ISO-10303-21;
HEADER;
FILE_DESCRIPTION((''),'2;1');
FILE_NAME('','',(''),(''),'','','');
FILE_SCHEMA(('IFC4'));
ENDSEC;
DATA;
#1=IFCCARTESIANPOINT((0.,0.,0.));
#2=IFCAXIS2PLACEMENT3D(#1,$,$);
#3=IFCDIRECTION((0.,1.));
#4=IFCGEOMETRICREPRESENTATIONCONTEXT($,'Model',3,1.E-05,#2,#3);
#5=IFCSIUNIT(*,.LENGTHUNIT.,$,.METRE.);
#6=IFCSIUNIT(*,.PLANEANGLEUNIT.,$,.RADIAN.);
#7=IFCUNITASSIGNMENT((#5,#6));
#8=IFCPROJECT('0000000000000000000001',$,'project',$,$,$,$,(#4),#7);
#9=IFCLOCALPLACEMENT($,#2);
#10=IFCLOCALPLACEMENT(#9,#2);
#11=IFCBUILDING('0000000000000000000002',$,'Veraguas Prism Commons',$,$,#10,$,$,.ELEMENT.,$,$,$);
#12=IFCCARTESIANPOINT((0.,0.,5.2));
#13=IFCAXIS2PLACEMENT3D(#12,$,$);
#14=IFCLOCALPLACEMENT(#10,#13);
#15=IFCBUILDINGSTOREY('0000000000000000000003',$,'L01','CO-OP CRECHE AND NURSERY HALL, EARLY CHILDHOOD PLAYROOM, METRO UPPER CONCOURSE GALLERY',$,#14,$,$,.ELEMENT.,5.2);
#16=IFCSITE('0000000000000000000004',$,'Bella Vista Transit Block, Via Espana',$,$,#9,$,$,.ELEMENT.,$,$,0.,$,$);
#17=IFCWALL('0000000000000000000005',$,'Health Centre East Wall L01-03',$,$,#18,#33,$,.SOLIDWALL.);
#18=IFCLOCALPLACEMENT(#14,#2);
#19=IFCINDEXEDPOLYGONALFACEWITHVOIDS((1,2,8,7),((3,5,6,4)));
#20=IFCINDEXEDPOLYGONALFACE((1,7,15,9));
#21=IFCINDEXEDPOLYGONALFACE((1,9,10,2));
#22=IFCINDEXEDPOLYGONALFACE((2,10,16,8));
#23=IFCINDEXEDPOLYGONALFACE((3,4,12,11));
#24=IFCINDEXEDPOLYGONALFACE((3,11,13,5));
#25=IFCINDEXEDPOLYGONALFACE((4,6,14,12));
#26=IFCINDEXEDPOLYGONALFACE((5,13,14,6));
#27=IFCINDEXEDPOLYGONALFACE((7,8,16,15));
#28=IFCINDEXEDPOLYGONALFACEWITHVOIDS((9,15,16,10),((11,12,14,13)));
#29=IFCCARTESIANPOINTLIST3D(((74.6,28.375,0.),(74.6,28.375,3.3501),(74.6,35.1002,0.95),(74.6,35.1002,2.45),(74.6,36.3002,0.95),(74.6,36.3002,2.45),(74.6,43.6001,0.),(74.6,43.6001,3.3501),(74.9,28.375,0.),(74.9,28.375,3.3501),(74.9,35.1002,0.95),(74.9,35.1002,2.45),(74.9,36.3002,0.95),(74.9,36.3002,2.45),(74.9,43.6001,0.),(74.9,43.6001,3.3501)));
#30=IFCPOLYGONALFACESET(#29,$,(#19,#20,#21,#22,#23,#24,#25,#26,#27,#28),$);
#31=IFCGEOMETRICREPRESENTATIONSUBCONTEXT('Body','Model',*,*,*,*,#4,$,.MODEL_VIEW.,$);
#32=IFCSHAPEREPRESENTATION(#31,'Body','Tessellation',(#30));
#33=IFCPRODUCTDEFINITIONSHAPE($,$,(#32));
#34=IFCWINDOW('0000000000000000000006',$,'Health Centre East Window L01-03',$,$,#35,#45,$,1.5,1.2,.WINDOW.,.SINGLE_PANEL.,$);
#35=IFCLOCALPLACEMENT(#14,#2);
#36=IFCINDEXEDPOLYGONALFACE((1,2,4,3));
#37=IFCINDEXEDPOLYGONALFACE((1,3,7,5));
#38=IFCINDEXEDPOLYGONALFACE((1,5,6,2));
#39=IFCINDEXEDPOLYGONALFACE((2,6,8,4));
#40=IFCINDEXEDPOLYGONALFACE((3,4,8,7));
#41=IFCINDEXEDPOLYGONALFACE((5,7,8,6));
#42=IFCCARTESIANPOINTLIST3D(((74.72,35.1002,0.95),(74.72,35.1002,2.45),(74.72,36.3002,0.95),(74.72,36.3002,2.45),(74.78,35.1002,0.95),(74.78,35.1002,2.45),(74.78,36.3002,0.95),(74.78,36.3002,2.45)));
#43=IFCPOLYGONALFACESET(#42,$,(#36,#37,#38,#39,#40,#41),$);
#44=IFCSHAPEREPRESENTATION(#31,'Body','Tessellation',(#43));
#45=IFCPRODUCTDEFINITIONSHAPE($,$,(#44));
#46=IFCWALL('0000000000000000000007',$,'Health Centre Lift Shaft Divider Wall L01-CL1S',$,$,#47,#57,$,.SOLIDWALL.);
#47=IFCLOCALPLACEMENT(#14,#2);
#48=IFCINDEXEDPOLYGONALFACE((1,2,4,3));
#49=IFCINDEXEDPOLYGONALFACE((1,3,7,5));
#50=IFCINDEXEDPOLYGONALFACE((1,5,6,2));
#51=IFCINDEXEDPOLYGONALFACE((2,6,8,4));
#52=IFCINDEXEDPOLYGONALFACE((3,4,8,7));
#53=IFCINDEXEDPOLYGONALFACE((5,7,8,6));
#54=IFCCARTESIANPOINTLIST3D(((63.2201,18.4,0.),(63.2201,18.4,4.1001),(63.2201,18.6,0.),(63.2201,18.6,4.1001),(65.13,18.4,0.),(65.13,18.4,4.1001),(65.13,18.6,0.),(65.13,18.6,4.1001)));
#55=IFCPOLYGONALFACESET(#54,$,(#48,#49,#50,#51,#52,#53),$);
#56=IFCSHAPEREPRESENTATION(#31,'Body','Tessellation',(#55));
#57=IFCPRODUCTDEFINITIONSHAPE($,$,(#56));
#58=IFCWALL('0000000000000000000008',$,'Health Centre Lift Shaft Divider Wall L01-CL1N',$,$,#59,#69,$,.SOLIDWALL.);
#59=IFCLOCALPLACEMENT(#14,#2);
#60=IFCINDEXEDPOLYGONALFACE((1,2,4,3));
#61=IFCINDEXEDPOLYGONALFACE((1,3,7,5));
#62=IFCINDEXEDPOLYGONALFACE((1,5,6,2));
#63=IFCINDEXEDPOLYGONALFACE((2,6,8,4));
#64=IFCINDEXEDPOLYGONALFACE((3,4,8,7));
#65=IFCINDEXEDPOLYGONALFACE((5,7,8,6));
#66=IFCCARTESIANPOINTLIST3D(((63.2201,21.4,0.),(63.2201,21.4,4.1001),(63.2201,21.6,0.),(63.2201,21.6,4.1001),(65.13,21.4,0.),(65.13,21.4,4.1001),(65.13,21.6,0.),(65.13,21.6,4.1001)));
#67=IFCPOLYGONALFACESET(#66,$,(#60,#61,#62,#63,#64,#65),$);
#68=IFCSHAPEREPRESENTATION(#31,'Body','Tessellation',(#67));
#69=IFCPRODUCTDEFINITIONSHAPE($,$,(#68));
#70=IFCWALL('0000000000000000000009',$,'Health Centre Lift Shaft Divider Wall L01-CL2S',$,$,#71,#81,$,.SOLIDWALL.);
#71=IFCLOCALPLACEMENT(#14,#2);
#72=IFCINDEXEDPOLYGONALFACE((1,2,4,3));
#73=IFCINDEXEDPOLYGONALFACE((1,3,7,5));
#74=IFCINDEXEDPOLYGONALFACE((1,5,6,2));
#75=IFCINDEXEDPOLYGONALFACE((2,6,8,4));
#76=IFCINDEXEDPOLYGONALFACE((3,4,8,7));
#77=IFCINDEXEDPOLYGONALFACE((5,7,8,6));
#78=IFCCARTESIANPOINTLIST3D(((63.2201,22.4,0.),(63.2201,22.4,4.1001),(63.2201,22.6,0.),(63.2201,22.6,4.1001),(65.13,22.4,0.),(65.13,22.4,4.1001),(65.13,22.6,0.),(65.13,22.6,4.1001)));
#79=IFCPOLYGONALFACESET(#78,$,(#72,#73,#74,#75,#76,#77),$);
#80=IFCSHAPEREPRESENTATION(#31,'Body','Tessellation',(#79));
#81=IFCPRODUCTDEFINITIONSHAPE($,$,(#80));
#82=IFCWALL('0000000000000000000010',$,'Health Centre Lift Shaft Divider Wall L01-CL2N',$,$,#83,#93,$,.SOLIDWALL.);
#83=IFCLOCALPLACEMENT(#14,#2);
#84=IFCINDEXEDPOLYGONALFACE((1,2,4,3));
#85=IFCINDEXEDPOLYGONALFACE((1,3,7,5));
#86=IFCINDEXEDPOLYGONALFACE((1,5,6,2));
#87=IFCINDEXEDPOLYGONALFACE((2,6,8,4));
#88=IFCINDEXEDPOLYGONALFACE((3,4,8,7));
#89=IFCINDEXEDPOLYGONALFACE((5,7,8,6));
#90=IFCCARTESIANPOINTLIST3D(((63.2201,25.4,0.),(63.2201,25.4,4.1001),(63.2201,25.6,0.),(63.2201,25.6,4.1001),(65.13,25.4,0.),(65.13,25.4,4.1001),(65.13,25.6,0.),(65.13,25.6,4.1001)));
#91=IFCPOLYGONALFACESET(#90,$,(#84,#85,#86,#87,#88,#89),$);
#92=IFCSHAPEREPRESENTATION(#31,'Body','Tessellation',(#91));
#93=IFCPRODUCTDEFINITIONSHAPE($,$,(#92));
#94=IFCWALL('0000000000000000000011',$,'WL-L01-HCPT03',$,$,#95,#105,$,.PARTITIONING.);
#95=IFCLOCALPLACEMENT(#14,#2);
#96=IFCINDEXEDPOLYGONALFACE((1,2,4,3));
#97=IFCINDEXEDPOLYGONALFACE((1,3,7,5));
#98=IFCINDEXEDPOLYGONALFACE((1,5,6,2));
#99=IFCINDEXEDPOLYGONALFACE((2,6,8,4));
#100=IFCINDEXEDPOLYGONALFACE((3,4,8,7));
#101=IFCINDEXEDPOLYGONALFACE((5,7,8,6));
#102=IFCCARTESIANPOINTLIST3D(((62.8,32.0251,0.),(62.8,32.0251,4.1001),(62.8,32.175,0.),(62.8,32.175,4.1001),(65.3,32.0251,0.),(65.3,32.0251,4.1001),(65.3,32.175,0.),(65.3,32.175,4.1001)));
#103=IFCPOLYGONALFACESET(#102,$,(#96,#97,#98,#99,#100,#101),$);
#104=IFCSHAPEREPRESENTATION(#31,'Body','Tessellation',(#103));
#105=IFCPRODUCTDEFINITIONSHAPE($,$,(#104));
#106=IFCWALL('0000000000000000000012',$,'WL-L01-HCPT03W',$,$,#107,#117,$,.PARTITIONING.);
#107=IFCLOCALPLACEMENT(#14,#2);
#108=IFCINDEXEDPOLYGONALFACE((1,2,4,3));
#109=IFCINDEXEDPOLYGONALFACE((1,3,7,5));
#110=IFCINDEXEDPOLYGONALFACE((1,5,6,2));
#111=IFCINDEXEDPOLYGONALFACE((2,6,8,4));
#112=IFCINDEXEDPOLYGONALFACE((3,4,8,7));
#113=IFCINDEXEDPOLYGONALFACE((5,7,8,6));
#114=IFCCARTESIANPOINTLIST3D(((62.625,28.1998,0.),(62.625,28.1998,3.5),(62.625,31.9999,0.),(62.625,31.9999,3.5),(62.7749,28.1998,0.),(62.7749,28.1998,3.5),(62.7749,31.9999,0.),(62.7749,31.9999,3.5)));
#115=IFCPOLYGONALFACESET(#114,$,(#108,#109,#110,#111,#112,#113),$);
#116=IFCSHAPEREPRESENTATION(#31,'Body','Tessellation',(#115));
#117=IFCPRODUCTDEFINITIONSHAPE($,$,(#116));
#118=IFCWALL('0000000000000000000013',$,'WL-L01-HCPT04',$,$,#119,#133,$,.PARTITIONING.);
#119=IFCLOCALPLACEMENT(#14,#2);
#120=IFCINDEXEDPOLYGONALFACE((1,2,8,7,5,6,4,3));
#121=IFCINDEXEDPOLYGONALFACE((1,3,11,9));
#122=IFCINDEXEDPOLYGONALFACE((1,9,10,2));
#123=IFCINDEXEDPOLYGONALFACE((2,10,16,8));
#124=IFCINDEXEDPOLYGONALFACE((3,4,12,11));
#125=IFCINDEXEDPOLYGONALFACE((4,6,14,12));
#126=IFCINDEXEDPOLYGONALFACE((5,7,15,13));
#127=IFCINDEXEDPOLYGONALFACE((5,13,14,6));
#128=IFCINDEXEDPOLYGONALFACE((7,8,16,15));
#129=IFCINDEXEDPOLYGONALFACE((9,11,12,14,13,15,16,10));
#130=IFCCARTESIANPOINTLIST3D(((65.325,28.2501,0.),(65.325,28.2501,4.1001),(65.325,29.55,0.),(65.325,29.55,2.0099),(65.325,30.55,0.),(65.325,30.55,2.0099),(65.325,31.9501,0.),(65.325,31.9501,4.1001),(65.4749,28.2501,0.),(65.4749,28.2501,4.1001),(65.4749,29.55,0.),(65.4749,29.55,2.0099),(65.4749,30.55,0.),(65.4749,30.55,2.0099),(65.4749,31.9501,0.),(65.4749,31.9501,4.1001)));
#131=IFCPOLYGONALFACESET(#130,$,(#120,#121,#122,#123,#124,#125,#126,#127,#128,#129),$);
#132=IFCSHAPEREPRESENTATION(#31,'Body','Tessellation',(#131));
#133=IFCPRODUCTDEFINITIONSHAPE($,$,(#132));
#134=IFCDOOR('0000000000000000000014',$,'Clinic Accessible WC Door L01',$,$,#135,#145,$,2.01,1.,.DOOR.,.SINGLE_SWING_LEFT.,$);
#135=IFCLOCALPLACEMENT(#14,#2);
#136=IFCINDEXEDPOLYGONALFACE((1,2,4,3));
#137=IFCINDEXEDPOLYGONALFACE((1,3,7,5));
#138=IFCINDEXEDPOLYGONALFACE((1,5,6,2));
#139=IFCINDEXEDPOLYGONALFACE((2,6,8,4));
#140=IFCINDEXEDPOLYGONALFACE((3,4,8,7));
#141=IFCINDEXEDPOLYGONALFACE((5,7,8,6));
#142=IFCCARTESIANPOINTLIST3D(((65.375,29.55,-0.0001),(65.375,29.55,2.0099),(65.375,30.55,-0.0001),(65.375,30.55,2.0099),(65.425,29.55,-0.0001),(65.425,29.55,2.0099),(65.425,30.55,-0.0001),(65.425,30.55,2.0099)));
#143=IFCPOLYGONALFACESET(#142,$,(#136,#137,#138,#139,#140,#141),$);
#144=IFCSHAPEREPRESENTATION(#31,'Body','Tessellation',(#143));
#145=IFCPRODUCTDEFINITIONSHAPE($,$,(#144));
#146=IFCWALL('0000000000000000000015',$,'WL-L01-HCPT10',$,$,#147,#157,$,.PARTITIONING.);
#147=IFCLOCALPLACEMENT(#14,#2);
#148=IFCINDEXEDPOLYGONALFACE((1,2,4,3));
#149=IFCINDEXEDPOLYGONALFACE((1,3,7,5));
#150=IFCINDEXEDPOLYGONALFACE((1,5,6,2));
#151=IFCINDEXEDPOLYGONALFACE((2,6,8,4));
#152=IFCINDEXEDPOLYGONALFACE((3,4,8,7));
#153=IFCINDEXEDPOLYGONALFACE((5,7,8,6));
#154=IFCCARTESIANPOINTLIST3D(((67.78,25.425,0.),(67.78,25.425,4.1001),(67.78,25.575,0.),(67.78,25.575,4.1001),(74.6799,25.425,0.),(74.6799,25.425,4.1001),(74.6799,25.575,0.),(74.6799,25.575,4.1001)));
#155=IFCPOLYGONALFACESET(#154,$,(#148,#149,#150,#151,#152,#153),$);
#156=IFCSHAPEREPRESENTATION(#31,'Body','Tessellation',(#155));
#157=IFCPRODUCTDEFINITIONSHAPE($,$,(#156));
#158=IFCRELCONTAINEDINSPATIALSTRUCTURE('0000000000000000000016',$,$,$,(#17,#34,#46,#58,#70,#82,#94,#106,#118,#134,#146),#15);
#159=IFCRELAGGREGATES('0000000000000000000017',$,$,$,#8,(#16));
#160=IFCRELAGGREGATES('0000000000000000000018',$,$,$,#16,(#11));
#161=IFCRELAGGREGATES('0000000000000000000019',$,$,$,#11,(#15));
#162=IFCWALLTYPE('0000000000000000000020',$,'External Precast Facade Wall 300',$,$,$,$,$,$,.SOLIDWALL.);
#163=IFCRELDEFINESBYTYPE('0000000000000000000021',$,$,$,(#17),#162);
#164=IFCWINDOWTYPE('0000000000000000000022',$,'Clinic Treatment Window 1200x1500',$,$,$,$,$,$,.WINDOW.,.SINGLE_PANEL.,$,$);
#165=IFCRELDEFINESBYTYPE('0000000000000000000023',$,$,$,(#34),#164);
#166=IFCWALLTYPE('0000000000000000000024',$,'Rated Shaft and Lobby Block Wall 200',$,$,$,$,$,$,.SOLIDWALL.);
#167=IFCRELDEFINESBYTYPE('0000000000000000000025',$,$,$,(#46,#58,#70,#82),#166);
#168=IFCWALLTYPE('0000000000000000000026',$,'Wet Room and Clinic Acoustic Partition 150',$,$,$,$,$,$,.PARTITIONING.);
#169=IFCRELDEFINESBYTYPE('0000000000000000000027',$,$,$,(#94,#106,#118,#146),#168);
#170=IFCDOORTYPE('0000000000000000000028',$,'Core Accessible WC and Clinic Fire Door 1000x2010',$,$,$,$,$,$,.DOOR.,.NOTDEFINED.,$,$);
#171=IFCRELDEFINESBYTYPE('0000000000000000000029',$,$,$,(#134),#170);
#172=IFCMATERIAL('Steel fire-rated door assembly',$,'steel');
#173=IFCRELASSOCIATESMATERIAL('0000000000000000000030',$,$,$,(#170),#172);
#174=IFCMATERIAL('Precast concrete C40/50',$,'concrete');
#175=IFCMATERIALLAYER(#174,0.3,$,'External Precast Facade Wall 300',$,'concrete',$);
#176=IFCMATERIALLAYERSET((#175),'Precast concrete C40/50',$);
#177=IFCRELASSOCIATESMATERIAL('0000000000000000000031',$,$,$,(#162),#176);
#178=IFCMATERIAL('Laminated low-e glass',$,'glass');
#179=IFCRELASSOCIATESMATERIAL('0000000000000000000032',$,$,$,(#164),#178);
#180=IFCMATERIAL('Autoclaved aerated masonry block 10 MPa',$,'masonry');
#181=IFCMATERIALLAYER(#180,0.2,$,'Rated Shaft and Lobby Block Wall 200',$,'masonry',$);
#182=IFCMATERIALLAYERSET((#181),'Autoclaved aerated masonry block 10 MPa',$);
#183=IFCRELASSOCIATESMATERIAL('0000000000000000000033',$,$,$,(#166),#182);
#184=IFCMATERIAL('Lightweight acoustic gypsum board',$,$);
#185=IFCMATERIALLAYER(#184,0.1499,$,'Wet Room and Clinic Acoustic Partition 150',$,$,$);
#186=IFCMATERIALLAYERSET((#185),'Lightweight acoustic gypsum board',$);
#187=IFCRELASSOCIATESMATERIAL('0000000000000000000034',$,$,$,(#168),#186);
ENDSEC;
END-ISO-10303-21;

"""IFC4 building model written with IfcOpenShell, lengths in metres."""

from ifc_helpers import new_model, si_unit, direction, frame, frame_2d, origin, place, context, subcontext, project, spatial, rectangle, extrude, source, transform, mapped, material, layer, layer_set, type_object, element, fill, save


model = new_model("IFC4")

# Units and contexts
model_context = context("Model", 3, precision=1e-05, world=origin(), true_north=direction((0.0, 1.0)))
body_context = subcontext(model_context, "Body", "Model", "MODEL_VIEW")
ifc_project = project(units=[si_unit("LENGTHUNIT", "METRE"), si_unit("PLANEANGLEUNIT", "RADIAN")], contexts=[model_context])

# Site, building, storey
site_placement = place(None, origin())
site = spatial("IfcSite", under=ifc_project, at=site_placement, Name="Bella Vista Transit Block, Via Espana", CompositionType="ELEMENT", RefElevation=0.0)
building_placement = place(site_placement, origin())
building = spatial("IfcBuilding", under=site, at=building_placement, Name="Veraguas Prism Commons", CompositionType="ELEMENT")
storey_placement = place(building_placement, frame((0.0, 0.0, 5.2)))
storey = spatial("IfcBuildingStorey", under=building, at=storey_placement, Name="L01", Description="CO-OP CRECHE AND NURSERY HALL, EARLY CHILDHOOD PLAYROOM, METRO UPPER CONCOURSE GALLERY", CompositionType="ELEMENT", Elevation=5.2)

# Shared definitions
ifc_material_1 = material(Name="Autoclaved aerated masonry block 10 MPa", Category="masonry")
ifc_material_2 = material(Name="Steel fire-rated door assembly", Category="steel")
door_type = type_object("IfcDoorType", Name="Core Accessible WC and Clinic Fire Door 1000x2010", OperationType="NOTDEFINED", PredefinedType="DOOR", material=ifc_material_2)
shared_shape_1 = source(origin(), body_context, "Body", "SweptSolid", [
    extrude(rectangle(XDim=1.0, YDim=2.01, at=frame_2d((0.5, 1.0049))), frame((0.0, 0.0249, 0.0), z_axis=(0.0, -1.0, 0.0), x_axis=(1.0, 0.0, 0.0)), (0.0, 0.0, 1.0), 0.05),
])

# Wall, opening, window
ifc_material_3 = material(Name="Precast concrete C40/50", Category="concrete")
ifc_layer_1 = layer(ifc_material_3, 0.3, Name="External Precast Facade Wall 300", Category="concrete")
ifc_layer_set_1 = layer_set([ifc_layer_1], Name="Precast concrete C40/50")
wall_type_1 = type_object("IfcWallType", Name="External Precast Facade Wall 300", PredefinedType="SOLIDWALL", material=ifc_layer_set_1)
wall_1_placement = place(storey_placement, frame((74.75, 28.375, 0.0), z_axis=(0.0, 0.0, 1.0), x_axis=(0.0, 1.0, 0.0)))
wall_1 = element("IfcWall", 1, at=wall_1_placement, inside=storey, type_object=wall_type_1, Name="Health Centre East Wall L01-03", PredefinedType="SOLIDWALL", context=body_context, shape_type="SweptSolid", body=[
    extrude(rectangle(XDim=15.2251, YDim=0.3, at=frame_2d((7.6125, 0.0))), origin(), (0.0, 0.0, 1.0), 3.3501),
])
opening_1_placement = place(wall_1_placement, frame((6.7251, 0.0, 0.95)))
opening_1 = element("IfcOpeningElement", 2, at=opening_1_placement, cuts=wall_1, PredefinedType="OPENING", context=body_context, shape_type="SweptSolid", body=[
    extrude(rectangle(XDim=1.2, YDim=1.5, at=frame_2d((0.6001, 0.75))), frame((0.0, 0.1599, 0.0), z_axis=(0.0, -1.0, 0.0), x_axis=(1.0, 0.0, 0.0)), (0.0, 0.0, 1.0), 0.3201),
])
ifc_material_4 = material(Name="Laminated low-e glass", Category="glass")
window_type = type_object("IfcWindowType", Name="Clinic Treatment Window 1200x1500", PartitioningType="SINGLE_PANEL", PredefinedType="WINDOW", material=ifc_material_4)
shared_shape_2 = source(origin(), body_context, "Body", "SweptSolid", [
    extrude(rectangle(XDim=1.2, YDim=1.5, at=frame_2d((0.6001, 0.75))), frame((0.0, 0.03, 0.0), z_axis=(0.0, -1.0, 0.0), x_axis=(1.0, 0.0, 0.0)), (0.0, 0.0, 1.0), 0.0601),
])
window_placement = place(opening_1_placement, origin())
window = element("IfcWindow", 3, at=window_placement, inside=storey, type_object=window_type, Name="Health Centre East Window L01-03", OverallHeight=1.5, OverallWidth=1.2, PartitioningType="SINGLE_PANEL", PredefinedType="WINDOW", context=body_context, shape_type="MappedRepresentation", body=[
    mapped(shared_shape_2, transform((0.0, 0.0, 0.0), scale=1.0)),
])
fill(opening_1, window)

# Walls
ifc_layer_2 = layer(ifc_material_1, 0.2, Name="Rated Shaft and Lobby Block Wall 200", Category="masonry")
ifc_layer_set_2 = layer_set([ifc_layer_2], Name="Autoclaved aerated masonry block 10 MPa")
wall_type_2 = type_object("IfcWallType", Name="Rated Shaft and Lobby Block Wall 200", PredefinedType="SOLIDWALL", material=ifc_layer_set_2)
for number, where, z_axis, x_axis, name in (
    (4, (63.22, 18.5, 0.0), (0.0, 0.0, 1.0), (1.0, 0.0, 0.0), "Health Centre Lift Shaft Divider Wall L01-CL1S"),
    (5, (63.22, 21.5, 0.0), (0.0, 0.0, 1.0), (1.0, 0.0, 0.0), "Health Centre Lift Shaft Divider Wall L01-CL1N"),
    (6, (63.22, 22.5, 0.0), (0.0, 0.0, 1.0), (1.0, 0.0, 0.0), "Health Centre Lift Shaft Divider Wall L01-CL2S"),
    (7, (63.22, 25.5, 0.0), (0.0, 0.0, 1.0), (1.0, 0.0, 0.0), "Health Centre Lift Shaft Divider Wall L01-CL2N"),
):
    element("IfcWall", number, at=place(storey_placement, frame(where, z_axis=z_axis, x_axis=x_axis)), inside=storey, type_object=wall_type_2, Name=name, PredefinedType="SOLIDWALL", context=body_context, shape_type="SweptSolid", body=[
        extrude(rectangle(XDim=1.9099, YDim=0.2, at=frame_2d((0.9551, 0.0))), origin(), (0.0, 0.0, 1.0), 4.1001),
    ])
ifc_material_5 = material(Name="Lightweight acoustic gypsum board")
ifc_layer_3 = layer(ifc_material_5, 0.1499, Name="Wet Room and Clinic Acoustic Partition 150")
ifc_layer_set_3 = layer_set([ifc_layer_3], Name="Lightweight acoustic gypsum board")
wall_type_3 = type_object("IfcWallType", Name="Wet Room and Clinic Acoustic Partition 150", PredefinedType="PARTITIONING", material=ifc_layer_set_3)
wall_2_placement = place(storey_placement, frame((62.8, 32.1001, 0.0), z_axis=(0.0, 0.0, 1.0), x_axis=(1.0, 0.0, 0.0)))
element("IfcWall", 8, at=wall_2_placement, inside=storey, type_object=wall_type_3, Name="WL-L01-HCPT03", PredefinedType="PARTITIONING", context=body_context, shape_type="SweptSolid", body=[
    extrude(rectangle(XDim=2.5, YDim=0.1499, at=frame_2d((1.25, 0.0))), origin(), (0.0, 0.0, 1.0), 4.1001),
])
wall_3_placement = place(storey_placement, frame((62.7, 28.2, 0.0), z_axis=(0.0, 0.0, 1.0), x_axis=(0.0, 1.0, 0.0)))
element("IfcWall", 9, at=wall_3_placement, inside=storey, type_object=wall_type_3, Name="WL-L01-HCPT03W", PredefinedType="PARTITIONING", context=body_context, shape_type="SweptSolid", body=[
    extrude(rectangle(XDim=3.8, YDim=0.1499, at=frame_2d((1.8999, 0.0))), origin(), (0.0, 0.0, 1.0), 3.5),
])

# Wall, opening, door
wall_4_placement = place(storey_placement, frame((65.3999, 28.25, 0.0), z_axis=(0.0, 0.0, 1.0), x_axis=(0.0, 1.0, 0.0)))
wall_4 = element("IfcWall", 10, at=wall_4_placement, inside=storey, type_object=wall_type_3, Name="WL-L01-HCPT04", PredefinedType="PARTITIONING", context=body_context, shape_type="SweptSolid", body=[
    extrude(rectangle(XDim=3.7, YDim=0.1499, at=frame_2d((1.8501, 0.0))), origin(), (0.0, 0.0, 1.0), 4.1001),
])
opening_2_placement = place(wall_4_placement, frame((1.3, 0.0, 0.0)))
opening_2 = element("IfcOpeningElement", 11, at=opening_2_placement, cuts=wall_4, PredefinedType="OPENING", context=body_context, shape_type="SweptSolid", body=[
    extrude(rectangle(XDim=1.0, YDim=2.01, at=frame_2d((0.5, 1.0049))), frame((0.0, 0.085, 0.0), z_axis=(0.0, -1.0, 0.0), x_axis=(1.0, 0.0, 0.0)), (0.0, 0.0, 1.0), 0.1699),
])
door_1_placement = place(opening_2_placement, origin())
door_1 = element("IfcDoor", 12, at=door_1_placement, inside=storey, type_object=door_type, Name="Clinic Accessible WC Door L01", OperationType="SINGLE_SWING_LEFT", OverallHeight=2.01, OverallWidth=1.0, PredefinedType="DOOR", context=body_context, shape_type="MappedRepresentation", body=[
    mapped(shared_shape_1, transform((0.0, 0.0, 0.0), scale=1.0)),
])
fill(opening_2, door_1)

# Wall
wall_5_placement = place(storey_placement, frame((67.78, 25.5, 0.0), z_axis=(0.0, 0.0, 1.0), x_axis=(1.0, 0.0, 0.0)))
element("IfcWall", 13, at=wall_5_placement, inside=storey, type_object=wall_type_3, Name="WL-L01-HCPT10", PredefinedType="PARTITIONING", context=body_context, shape_type="SweptSolid", body=[
    extrude(rectangle(XDim=6.8999, YDim=0.1499, at=frame_2d((3.45, 0.0))), origin(), (0.0, 0.0, 1.0), 4.1001),
])

save(model, "model.ifc")
